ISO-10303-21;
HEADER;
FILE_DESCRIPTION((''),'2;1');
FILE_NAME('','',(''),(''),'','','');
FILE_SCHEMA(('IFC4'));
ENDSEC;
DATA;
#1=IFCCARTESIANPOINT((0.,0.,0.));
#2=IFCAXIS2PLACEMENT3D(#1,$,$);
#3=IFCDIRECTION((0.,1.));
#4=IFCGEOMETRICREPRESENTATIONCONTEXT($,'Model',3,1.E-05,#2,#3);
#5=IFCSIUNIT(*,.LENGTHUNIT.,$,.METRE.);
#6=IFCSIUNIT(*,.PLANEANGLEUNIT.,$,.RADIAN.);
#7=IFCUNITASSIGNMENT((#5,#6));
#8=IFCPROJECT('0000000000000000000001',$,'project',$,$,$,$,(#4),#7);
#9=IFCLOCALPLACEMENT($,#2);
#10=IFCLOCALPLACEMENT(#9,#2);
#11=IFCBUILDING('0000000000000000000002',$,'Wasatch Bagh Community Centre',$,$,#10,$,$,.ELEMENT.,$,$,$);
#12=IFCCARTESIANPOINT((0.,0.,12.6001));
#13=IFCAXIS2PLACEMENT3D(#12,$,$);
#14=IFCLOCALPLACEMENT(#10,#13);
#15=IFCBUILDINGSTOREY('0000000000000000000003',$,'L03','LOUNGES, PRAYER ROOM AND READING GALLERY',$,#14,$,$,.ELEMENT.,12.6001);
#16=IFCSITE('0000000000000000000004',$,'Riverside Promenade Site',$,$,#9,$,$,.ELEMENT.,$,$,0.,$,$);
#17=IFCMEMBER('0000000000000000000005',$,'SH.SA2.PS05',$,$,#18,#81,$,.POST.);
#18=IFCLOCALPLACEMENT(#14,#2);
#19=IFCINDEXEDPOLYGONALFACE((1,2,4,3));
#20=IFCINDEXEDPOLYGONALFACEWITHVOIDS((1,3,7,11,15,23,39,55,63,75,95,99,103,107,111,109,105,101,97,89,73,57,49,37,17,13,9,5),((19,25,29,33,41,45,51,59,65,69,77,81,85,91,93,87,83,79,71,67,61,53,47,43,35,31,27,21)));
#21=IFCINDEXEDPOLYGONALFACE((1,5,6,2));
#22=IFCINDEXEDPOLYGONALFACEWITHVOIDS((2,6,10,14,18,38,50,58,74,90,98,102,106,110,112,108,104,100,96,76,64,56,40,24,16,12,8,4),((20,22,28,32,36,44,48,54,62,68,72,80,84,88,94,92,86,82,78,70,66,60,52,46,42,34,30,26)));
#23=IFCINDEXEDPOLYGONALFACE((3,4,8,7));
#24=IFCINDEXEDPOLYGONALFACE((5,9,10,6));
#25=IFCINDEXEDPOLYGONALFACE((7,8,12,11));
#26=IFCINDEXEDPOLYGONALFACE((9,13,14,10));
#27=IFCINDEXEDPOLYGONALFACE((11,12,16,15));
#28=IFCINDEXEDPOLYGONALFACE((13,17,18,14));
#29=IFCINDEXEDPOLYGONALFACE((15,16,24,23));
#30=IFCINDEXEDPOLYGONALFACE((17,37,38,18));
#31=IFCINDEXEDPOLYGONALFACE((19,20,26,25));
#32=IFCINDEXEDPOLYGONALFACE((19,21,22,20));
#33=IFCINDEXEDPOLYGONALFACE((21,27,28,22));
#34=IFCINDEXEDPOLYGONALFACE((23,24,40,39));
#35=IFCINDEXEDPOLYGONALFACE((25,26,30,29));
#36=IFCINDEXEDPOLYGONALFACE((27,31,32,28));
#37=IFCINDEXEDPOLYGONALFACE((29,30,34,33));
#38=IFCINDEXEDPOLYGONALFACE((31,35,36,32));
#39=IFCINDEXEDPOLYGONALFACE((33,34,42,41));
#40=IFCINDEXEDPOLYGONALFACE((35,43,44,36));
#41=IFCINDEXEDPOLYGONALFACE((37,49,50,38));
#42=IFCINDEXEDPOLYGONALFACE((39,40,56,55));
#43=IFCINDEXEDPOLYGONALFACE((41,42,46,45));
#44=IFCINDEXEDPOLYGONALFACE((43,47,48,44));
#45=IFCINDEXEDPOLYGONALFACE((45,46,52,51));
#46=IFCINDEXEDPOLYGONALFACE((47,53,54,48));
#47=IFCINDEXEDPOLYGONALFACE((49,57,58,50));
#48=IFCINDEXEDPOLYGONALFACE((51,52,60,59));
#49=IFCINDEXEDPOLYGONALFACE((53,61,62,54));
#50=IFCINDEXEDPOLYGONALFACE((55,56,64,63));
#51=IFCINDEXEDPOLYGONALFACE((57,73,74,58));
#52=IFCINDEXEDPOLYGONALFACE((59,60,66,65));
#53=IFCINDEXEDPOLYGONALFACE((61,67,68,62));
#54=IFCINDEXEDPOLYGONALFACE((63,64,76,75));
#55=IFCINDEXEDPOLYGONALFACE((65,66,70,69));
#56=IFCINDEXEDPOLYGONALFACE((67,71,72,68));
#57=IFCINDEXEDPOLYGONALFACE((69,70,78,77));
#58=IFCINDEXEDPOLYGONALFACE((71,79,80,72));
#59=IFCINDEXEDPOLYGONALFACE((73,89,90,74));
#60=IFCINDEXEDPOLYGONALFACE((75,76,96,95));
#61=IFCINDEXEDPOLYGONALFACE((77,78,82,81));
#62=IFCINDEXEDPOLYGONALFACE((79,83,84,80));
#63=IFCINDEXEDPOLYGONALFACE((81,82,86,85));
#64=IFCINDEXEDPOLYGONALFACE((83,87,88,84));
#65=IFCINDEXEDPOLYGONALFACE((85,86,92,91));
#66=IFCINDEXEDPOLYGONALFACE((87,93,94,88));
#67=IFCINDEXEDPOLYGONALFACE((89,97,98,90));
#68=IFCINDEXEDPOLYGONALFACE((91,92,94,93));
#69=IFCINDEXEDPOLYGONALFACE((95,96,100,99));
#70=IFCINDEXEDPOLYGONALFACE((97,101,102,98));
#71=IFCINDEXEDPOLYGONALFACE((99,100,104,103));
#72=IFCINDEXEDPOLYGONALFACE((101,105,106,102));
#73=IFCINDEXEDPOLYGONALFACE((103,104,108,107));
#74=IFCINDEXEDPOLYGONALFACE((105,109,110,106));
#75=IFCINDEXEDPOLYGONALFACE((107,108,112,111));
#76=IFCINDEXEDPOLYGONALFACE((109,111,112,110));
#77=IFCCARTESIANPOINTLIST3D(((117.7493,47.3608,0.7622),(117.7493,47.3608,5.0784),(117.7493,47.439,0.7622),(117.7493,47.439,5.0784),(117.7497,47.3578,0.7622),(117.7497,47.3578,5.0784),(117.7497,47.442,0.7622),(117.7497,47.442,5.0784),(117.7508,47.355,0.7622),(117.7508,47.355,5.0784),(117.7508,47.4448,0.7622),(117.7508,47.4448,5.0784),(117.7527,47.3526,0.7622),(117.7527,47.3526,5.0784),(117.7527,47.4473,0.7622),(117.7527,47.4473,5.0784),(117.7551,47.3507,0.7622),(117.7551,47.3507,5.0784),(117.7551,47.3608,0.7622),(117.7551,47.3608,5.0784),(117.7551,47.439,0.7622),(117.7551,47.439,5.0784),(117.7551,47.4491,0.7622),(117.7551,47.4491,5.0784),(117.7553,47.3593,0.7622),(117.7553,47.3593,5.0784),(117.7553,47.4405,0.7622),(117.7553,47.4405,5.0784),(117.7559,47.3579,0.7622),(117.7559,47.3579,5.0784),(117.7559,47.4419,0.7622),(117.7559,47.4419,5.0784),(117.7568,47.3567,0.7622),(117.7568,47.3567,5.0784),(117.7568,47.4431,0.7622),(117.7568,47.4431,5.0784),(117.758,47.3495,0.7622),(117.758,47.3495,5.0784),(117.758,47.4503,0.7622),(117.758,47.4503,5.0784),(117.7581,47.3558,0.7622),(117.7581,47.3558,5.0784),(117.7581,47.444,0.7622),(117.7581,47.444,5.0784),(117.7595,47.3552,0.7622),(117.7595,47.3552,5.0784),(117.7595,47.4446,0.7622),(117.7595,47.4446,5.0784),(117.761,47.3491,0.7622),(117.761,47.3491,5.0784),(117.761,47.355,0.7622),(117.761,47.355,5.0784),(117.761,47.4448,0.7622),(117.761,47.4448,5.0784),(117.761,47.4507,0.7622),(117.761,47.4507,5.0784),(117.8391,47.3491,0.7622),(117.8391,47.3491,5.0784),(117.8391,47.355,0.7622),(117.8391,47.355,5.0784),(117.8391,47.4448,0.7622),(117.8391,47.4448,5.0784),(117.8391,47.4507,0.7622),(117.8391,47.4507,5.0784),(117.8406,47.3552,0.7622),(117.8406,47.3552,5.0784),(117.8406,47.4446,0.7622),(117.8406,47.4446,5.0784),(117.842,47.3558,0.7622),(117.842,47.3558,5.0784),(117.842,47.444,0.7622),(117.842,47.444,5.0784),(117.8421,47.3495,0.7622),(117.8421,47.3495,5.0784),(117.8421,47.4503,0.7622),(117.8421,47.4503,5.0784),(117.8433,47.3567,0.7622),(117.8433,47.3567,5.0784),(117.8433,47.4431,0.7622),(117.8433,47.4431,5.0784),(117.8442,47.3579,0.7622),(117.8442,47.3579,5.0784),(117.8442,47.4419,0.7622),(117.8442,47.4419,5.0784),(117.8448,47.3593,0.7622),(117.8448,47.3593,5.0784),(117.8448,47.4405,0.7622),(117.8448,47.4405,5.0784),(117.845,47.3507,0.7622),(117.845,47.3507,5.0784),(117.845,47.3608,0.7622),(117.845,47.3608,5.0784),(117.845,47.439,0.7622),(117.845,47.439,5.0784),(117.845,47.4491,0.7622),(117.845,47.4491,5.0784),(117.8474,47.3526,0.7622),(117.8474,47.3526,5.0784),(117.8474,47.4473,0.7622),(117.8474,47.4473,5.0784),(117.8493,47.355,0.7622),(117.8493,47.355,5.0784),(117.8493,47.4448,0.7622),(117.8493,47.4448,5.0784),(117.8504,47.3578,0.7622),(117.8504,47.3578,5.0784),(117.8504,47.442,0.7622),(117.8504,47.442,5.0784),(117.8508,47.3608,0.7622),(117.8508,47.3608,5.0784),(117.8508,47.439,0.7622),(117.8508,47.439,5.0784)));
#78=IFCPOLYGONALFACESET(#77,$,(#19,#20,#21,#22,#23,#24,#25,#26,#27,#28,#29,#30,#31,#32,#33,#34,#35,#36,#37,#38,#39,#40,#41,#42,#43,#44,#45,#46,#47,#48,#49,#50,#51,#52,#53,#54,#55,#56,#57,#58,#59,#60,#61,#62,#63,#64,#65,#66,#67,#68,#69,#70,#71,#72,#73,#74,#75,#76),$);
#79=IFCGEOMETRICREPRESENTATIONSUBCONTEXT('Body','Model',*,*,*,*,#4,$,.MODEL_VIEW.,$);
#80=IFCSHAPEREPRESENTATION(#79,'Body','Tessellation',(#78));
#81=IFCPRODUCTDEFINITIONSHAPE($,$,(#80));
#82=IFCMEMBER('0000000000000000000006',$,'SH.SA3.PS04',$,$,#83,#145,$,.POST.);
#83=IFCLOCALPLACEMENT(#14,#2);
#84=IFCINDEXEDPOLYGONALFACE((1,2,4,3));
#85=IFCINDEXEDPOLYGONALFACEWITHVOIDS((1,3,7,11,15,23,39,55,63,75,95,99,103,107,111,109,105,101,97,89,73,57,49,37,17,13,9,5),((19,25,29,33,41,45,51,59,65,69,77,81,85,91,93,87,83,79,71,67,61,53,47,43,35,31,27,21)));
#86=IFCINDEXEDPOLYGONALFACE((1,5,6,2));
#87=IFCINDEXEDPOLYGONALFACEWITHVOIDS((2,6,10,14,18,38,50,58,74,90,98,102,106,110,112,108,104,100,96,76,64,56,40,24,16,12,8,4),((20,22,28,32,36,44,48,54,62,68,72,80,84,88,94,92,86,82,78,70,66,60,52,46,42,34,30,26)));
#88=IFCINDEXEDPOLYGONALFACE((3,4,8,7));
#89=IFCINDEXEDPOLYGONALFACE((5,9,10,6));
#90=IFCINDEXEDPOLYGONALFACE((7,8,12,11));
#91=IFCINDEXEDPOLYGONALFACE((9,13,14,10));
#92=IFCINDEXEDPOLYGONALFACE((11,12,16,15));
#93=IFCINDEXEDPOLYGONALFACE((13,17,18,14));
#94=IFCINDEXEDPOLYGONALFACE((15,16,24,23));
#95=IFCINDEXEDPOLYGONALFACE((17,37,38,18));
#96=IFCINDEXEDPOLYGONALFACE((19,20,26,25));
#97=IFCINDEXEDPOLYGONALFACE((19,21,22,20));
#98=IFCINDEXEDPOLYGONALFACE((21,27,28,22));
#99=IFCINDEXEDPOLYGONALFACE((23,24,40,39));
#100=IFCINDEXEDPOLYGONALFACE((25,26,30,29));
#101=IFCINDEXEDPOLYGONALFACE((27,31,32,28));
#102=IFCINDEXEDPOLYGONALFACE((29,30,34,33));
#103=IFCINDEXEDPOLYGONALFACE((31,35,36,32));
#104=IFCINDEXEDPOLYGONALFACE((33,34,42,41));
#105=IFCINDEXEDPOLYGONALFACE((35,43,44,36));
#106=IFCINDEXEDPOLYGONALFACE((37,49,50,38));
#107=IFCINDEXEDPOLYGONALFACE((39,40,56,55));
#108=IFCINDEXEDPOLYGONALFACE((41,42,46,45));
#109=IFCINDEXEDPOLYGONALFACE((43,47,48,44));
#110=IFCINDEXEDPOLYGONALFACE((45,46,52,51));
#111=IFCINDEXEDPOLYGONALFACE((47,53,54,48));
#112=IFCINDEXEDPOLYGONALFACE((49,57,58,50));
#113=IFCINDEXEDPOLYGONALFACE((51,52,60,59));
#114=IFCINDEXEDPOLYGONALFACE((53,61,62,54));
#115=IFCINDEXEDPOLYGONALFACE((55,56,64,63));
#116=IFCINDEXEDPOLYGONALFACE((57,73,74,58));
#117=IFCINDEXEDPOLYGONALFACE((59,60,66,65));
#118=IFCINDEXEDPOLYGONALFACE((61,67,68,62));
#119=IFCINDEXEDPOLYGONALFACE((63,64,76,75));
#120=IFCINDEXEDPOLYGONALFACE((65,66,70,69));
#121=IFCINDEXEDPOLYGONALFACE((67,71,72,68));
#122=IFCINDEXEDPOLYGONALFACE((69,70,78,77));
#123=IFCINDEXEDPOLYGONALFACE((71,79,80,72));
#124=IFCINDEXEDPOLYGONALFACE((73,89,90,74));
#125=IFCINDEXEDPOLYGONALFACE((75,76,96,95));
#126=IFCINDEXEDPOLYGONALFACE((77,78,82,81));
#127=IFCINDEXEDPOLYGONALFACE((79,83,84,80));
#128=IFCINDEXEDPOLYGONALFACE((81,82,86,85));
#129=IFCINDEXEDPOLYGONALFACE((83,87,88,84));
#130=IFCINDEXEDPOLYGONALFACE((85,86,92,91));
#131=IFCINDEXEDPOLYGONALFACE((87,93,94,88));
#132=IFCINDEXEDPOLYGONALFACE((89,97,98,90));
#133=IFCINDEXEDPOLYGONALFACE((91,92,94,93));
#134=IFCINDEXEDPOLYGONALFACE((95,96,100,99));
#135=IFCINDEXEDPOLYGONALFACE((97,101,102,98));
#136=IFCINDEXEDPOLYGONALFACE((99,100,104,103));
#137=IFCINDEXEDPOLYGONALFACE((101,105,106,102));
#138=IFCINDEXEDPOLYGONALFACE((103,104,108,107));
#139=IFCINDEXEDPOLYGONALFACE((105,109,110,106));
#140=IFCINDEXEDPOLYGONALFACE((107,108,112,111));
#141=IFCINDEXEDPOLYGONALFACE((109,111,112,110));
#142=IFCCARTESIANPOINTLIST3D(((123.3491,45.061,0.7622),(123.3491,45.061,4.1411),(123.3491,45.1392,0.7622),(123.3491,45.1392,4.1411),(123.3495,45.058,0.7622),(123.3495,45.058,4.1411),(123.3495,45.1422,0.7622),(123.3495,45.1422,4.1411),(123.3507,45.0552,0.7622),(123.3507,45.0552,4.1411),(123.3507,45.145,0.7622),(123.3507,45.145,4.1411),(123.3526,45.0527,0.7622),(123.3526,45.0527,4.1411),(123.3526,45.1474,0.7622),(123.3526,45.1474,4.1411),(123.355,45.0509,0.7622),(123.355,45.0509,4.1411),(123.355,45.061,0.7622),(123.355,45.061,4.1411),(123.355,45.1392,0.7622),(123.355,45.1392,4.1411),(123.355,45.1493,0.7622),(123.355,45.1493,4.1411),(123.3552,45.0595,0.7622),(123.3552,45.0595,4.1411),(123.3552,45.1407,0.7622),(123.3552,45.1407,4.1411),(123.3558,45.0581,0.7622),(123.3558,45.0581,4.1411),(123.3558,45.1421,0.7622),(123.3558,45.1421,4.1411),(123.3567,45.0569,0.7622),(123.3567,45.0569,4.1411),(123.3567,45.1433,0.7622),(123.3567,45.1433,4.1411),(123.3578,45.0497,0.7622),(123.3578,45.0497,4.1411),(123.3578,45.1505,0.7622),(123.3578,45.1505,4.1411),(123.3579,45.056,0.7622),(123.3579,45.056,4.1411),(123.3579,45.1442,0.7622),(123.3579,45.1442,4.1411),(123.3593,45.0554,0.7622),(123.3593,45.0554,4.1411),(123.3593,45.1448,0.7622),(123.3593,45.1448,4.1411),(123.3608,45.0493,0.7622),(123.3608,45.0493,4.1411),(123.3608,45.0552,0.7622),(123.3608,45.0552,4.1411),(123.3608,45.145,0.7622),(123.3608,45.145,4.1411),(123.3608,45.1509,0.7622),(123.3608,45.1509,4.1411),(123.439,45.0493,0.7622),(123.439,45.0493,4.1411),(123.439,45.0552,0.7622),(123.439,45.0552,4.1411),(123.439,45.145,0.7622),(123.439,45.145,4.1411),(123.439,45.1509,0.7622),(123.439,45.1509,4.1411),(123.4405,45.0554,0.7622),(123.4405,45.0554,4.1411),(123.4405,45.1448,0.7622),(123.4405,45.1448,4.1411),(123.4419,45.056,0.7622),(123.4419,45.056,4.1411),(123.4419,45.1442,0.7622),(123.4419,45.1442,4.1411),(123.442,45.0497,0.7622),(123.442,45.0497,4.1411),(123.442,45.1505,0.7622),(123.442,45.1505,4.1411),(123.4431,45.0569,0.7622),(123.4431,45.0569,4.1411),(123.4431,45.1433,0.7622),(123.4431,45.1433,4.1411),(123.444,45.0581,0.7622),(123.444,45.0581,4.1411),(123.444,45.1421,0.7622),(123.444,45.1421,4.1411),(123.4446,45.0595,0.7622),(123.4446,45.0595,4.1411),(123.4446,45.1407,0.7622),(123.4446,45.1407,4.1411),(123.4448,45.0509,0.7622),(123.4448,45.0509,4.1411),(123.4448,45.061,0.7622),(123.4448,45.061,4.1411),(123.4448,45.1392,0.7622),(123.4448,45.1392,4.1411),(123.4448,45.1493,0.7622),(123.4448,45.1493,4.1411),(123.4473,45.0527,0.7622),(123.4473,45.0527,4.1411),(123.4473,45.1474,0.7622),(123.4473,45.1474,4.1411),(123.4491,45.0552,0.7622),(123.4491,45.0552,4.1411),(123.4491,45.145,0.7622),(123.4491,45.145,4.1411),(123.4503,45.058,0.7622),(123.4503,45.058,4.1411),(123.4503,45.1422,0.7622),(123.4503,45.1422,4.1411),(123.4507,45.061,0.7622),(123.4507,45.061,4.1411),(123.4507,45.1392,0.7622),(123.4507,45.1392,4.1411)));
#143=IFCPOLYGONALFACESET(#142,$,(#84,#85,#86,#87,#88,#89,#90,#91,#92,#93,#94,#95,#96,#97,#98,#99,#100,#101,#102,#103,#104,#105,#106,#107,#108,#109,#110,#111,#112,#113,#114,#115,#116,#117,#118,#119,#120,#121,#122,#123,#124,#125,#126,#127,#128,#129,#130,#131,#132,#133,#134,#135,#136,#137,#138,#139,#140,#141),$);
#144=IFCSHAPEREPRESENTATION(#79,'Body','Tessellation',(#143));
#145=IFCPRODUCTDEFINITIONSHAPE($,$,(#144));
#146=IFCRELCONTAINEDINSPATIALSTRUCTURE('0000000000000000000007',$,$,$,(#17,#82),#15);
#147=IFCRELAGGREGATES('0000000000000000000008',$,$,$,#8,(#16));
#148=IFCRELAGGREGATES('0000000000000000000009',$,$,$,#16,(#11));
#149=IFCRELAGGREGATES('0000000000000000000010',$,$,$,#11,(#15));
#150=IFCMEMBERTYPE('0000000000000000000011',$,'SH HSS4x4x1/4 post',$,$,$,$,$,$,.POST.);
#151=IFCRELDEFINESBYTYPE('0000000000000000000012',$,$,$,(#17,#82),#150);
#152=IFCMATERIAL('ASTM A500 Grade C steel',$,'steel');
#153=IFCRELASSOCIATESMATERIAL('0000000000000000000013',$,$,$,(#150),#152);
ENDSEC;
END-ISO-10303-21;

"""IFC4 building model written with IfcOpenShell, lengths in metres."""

from ifc_helpers import new_model, si_unit, direction, frame, origin, origin_2d, place, context, subcontext, project, spatial, hollow_rectangle, extrude, material, material_profile, profile_set, type_object, element, save


model = new_model("IFC4")

# Units and contexts
model_context = context("Model", 3, precision=1e-05, world=origin(), true_north=direction((0.0, 1.0)))
body_context = subcontext(model_context, "Body", "Model", "MODEL_VIEW")
ifc_project = project(units=[si_unit("LENGTHUNIT", "METRE"), si_unit("PLANEANGLEUNIT", "RADIAN")], contexts=[model_context])

# Site, building, storey
site_placement = place(None, origin())
site = spatial("IfcSite", under=ifc_project, at=site_placement, Name="Riverside Promenade Site", CompositionType="ELEMENT", RefElevation=0.0)
building_placement = place(site_placement, origin())
building = spatial("IfcBuilding", under=site, at=building_placement, Name="Wasatch Bagh Community Centre", CompositionType="ELEMENT")
storey_placement = place(building_placement, frame((0.0, 0.0, 12.6001)))
storey = spatial("IfcBuildingStorey", under=building, at=storey_placement, Name="L03", Description="LOUNGES, PRAYER ROOM AND READING GALLERY", CompositionType="ELEMENT", Elevation=12.6001)

# Members
ifc_material_1 = material(Name="ASTM A500 Grade C steel", Category="steel")
ifc_material_profile_1 = material_profile(ifc_material_1, hollow_rectangle(XDim=0.1016, YDim=0.1016, WallThickness=0.0059, InnerFilletRadius=0.0059, OuterFilletRadius=0.0117, at=origin_2d()), Name="HSS4x4x1/4")
ifc_profile_set_1 = profile_set([ifc_material_profile_1], Name="ASTM A500 Grade C steel")
member_type_1 = type_object("IfcMemberType", Name="SH HSS4x4x1/4 post", PredefinedType="POST", material=ifc_profile_set_1)
member_1_placement = place(storey_placement, frame((117.8, 47.3999, 0.7622), z_axis=(0.0, 0.0, 1.0), x_axis=(1.0, 0.0, 0.0)))
element("IfcMember", 1, at=member_1_placement, inside=storey, type_object=member_type_1, Name="SH.SA2.PS05", PredefinedType="POST", context=body_context, shape_type="SweptSolid", body=[
    extrude(hollow_rectangle(XDim=0.1016, YDim=0.1016, WallThickness=0.0059, InnerFilletRadius=0.0059, OuterFilletRadius=0.0117, at=origin_2d()), origin(), (0.0, 0.0, 1.0), 4.3162),
])
member_2_placement = place(storey_placement, frame((123.3999, 45.1001, 0.7622), z_axis=(0.0, 0.0, 1.0), x_axis=(1.0, 0.0, 0.0)))
element("IfcMember", 2, at=member_2_placement, inside=storey, type_object=member_type_1, Name="SH.SA3.PS04", PredefinedType="POST", context=body_context, shape_type="SweptSolid", body=[
    extrude(hollow_rectangle(XDim=0.1016, YDim=0.1016, WallThickness=0.0059, InnerFilletRadius=0.0059, OuterFilletRadius=0.0117, at=origin_2d()), origin(), (0.0, 0.0, 1.0), 3.3789),
])

save(model, "model.ifc")
